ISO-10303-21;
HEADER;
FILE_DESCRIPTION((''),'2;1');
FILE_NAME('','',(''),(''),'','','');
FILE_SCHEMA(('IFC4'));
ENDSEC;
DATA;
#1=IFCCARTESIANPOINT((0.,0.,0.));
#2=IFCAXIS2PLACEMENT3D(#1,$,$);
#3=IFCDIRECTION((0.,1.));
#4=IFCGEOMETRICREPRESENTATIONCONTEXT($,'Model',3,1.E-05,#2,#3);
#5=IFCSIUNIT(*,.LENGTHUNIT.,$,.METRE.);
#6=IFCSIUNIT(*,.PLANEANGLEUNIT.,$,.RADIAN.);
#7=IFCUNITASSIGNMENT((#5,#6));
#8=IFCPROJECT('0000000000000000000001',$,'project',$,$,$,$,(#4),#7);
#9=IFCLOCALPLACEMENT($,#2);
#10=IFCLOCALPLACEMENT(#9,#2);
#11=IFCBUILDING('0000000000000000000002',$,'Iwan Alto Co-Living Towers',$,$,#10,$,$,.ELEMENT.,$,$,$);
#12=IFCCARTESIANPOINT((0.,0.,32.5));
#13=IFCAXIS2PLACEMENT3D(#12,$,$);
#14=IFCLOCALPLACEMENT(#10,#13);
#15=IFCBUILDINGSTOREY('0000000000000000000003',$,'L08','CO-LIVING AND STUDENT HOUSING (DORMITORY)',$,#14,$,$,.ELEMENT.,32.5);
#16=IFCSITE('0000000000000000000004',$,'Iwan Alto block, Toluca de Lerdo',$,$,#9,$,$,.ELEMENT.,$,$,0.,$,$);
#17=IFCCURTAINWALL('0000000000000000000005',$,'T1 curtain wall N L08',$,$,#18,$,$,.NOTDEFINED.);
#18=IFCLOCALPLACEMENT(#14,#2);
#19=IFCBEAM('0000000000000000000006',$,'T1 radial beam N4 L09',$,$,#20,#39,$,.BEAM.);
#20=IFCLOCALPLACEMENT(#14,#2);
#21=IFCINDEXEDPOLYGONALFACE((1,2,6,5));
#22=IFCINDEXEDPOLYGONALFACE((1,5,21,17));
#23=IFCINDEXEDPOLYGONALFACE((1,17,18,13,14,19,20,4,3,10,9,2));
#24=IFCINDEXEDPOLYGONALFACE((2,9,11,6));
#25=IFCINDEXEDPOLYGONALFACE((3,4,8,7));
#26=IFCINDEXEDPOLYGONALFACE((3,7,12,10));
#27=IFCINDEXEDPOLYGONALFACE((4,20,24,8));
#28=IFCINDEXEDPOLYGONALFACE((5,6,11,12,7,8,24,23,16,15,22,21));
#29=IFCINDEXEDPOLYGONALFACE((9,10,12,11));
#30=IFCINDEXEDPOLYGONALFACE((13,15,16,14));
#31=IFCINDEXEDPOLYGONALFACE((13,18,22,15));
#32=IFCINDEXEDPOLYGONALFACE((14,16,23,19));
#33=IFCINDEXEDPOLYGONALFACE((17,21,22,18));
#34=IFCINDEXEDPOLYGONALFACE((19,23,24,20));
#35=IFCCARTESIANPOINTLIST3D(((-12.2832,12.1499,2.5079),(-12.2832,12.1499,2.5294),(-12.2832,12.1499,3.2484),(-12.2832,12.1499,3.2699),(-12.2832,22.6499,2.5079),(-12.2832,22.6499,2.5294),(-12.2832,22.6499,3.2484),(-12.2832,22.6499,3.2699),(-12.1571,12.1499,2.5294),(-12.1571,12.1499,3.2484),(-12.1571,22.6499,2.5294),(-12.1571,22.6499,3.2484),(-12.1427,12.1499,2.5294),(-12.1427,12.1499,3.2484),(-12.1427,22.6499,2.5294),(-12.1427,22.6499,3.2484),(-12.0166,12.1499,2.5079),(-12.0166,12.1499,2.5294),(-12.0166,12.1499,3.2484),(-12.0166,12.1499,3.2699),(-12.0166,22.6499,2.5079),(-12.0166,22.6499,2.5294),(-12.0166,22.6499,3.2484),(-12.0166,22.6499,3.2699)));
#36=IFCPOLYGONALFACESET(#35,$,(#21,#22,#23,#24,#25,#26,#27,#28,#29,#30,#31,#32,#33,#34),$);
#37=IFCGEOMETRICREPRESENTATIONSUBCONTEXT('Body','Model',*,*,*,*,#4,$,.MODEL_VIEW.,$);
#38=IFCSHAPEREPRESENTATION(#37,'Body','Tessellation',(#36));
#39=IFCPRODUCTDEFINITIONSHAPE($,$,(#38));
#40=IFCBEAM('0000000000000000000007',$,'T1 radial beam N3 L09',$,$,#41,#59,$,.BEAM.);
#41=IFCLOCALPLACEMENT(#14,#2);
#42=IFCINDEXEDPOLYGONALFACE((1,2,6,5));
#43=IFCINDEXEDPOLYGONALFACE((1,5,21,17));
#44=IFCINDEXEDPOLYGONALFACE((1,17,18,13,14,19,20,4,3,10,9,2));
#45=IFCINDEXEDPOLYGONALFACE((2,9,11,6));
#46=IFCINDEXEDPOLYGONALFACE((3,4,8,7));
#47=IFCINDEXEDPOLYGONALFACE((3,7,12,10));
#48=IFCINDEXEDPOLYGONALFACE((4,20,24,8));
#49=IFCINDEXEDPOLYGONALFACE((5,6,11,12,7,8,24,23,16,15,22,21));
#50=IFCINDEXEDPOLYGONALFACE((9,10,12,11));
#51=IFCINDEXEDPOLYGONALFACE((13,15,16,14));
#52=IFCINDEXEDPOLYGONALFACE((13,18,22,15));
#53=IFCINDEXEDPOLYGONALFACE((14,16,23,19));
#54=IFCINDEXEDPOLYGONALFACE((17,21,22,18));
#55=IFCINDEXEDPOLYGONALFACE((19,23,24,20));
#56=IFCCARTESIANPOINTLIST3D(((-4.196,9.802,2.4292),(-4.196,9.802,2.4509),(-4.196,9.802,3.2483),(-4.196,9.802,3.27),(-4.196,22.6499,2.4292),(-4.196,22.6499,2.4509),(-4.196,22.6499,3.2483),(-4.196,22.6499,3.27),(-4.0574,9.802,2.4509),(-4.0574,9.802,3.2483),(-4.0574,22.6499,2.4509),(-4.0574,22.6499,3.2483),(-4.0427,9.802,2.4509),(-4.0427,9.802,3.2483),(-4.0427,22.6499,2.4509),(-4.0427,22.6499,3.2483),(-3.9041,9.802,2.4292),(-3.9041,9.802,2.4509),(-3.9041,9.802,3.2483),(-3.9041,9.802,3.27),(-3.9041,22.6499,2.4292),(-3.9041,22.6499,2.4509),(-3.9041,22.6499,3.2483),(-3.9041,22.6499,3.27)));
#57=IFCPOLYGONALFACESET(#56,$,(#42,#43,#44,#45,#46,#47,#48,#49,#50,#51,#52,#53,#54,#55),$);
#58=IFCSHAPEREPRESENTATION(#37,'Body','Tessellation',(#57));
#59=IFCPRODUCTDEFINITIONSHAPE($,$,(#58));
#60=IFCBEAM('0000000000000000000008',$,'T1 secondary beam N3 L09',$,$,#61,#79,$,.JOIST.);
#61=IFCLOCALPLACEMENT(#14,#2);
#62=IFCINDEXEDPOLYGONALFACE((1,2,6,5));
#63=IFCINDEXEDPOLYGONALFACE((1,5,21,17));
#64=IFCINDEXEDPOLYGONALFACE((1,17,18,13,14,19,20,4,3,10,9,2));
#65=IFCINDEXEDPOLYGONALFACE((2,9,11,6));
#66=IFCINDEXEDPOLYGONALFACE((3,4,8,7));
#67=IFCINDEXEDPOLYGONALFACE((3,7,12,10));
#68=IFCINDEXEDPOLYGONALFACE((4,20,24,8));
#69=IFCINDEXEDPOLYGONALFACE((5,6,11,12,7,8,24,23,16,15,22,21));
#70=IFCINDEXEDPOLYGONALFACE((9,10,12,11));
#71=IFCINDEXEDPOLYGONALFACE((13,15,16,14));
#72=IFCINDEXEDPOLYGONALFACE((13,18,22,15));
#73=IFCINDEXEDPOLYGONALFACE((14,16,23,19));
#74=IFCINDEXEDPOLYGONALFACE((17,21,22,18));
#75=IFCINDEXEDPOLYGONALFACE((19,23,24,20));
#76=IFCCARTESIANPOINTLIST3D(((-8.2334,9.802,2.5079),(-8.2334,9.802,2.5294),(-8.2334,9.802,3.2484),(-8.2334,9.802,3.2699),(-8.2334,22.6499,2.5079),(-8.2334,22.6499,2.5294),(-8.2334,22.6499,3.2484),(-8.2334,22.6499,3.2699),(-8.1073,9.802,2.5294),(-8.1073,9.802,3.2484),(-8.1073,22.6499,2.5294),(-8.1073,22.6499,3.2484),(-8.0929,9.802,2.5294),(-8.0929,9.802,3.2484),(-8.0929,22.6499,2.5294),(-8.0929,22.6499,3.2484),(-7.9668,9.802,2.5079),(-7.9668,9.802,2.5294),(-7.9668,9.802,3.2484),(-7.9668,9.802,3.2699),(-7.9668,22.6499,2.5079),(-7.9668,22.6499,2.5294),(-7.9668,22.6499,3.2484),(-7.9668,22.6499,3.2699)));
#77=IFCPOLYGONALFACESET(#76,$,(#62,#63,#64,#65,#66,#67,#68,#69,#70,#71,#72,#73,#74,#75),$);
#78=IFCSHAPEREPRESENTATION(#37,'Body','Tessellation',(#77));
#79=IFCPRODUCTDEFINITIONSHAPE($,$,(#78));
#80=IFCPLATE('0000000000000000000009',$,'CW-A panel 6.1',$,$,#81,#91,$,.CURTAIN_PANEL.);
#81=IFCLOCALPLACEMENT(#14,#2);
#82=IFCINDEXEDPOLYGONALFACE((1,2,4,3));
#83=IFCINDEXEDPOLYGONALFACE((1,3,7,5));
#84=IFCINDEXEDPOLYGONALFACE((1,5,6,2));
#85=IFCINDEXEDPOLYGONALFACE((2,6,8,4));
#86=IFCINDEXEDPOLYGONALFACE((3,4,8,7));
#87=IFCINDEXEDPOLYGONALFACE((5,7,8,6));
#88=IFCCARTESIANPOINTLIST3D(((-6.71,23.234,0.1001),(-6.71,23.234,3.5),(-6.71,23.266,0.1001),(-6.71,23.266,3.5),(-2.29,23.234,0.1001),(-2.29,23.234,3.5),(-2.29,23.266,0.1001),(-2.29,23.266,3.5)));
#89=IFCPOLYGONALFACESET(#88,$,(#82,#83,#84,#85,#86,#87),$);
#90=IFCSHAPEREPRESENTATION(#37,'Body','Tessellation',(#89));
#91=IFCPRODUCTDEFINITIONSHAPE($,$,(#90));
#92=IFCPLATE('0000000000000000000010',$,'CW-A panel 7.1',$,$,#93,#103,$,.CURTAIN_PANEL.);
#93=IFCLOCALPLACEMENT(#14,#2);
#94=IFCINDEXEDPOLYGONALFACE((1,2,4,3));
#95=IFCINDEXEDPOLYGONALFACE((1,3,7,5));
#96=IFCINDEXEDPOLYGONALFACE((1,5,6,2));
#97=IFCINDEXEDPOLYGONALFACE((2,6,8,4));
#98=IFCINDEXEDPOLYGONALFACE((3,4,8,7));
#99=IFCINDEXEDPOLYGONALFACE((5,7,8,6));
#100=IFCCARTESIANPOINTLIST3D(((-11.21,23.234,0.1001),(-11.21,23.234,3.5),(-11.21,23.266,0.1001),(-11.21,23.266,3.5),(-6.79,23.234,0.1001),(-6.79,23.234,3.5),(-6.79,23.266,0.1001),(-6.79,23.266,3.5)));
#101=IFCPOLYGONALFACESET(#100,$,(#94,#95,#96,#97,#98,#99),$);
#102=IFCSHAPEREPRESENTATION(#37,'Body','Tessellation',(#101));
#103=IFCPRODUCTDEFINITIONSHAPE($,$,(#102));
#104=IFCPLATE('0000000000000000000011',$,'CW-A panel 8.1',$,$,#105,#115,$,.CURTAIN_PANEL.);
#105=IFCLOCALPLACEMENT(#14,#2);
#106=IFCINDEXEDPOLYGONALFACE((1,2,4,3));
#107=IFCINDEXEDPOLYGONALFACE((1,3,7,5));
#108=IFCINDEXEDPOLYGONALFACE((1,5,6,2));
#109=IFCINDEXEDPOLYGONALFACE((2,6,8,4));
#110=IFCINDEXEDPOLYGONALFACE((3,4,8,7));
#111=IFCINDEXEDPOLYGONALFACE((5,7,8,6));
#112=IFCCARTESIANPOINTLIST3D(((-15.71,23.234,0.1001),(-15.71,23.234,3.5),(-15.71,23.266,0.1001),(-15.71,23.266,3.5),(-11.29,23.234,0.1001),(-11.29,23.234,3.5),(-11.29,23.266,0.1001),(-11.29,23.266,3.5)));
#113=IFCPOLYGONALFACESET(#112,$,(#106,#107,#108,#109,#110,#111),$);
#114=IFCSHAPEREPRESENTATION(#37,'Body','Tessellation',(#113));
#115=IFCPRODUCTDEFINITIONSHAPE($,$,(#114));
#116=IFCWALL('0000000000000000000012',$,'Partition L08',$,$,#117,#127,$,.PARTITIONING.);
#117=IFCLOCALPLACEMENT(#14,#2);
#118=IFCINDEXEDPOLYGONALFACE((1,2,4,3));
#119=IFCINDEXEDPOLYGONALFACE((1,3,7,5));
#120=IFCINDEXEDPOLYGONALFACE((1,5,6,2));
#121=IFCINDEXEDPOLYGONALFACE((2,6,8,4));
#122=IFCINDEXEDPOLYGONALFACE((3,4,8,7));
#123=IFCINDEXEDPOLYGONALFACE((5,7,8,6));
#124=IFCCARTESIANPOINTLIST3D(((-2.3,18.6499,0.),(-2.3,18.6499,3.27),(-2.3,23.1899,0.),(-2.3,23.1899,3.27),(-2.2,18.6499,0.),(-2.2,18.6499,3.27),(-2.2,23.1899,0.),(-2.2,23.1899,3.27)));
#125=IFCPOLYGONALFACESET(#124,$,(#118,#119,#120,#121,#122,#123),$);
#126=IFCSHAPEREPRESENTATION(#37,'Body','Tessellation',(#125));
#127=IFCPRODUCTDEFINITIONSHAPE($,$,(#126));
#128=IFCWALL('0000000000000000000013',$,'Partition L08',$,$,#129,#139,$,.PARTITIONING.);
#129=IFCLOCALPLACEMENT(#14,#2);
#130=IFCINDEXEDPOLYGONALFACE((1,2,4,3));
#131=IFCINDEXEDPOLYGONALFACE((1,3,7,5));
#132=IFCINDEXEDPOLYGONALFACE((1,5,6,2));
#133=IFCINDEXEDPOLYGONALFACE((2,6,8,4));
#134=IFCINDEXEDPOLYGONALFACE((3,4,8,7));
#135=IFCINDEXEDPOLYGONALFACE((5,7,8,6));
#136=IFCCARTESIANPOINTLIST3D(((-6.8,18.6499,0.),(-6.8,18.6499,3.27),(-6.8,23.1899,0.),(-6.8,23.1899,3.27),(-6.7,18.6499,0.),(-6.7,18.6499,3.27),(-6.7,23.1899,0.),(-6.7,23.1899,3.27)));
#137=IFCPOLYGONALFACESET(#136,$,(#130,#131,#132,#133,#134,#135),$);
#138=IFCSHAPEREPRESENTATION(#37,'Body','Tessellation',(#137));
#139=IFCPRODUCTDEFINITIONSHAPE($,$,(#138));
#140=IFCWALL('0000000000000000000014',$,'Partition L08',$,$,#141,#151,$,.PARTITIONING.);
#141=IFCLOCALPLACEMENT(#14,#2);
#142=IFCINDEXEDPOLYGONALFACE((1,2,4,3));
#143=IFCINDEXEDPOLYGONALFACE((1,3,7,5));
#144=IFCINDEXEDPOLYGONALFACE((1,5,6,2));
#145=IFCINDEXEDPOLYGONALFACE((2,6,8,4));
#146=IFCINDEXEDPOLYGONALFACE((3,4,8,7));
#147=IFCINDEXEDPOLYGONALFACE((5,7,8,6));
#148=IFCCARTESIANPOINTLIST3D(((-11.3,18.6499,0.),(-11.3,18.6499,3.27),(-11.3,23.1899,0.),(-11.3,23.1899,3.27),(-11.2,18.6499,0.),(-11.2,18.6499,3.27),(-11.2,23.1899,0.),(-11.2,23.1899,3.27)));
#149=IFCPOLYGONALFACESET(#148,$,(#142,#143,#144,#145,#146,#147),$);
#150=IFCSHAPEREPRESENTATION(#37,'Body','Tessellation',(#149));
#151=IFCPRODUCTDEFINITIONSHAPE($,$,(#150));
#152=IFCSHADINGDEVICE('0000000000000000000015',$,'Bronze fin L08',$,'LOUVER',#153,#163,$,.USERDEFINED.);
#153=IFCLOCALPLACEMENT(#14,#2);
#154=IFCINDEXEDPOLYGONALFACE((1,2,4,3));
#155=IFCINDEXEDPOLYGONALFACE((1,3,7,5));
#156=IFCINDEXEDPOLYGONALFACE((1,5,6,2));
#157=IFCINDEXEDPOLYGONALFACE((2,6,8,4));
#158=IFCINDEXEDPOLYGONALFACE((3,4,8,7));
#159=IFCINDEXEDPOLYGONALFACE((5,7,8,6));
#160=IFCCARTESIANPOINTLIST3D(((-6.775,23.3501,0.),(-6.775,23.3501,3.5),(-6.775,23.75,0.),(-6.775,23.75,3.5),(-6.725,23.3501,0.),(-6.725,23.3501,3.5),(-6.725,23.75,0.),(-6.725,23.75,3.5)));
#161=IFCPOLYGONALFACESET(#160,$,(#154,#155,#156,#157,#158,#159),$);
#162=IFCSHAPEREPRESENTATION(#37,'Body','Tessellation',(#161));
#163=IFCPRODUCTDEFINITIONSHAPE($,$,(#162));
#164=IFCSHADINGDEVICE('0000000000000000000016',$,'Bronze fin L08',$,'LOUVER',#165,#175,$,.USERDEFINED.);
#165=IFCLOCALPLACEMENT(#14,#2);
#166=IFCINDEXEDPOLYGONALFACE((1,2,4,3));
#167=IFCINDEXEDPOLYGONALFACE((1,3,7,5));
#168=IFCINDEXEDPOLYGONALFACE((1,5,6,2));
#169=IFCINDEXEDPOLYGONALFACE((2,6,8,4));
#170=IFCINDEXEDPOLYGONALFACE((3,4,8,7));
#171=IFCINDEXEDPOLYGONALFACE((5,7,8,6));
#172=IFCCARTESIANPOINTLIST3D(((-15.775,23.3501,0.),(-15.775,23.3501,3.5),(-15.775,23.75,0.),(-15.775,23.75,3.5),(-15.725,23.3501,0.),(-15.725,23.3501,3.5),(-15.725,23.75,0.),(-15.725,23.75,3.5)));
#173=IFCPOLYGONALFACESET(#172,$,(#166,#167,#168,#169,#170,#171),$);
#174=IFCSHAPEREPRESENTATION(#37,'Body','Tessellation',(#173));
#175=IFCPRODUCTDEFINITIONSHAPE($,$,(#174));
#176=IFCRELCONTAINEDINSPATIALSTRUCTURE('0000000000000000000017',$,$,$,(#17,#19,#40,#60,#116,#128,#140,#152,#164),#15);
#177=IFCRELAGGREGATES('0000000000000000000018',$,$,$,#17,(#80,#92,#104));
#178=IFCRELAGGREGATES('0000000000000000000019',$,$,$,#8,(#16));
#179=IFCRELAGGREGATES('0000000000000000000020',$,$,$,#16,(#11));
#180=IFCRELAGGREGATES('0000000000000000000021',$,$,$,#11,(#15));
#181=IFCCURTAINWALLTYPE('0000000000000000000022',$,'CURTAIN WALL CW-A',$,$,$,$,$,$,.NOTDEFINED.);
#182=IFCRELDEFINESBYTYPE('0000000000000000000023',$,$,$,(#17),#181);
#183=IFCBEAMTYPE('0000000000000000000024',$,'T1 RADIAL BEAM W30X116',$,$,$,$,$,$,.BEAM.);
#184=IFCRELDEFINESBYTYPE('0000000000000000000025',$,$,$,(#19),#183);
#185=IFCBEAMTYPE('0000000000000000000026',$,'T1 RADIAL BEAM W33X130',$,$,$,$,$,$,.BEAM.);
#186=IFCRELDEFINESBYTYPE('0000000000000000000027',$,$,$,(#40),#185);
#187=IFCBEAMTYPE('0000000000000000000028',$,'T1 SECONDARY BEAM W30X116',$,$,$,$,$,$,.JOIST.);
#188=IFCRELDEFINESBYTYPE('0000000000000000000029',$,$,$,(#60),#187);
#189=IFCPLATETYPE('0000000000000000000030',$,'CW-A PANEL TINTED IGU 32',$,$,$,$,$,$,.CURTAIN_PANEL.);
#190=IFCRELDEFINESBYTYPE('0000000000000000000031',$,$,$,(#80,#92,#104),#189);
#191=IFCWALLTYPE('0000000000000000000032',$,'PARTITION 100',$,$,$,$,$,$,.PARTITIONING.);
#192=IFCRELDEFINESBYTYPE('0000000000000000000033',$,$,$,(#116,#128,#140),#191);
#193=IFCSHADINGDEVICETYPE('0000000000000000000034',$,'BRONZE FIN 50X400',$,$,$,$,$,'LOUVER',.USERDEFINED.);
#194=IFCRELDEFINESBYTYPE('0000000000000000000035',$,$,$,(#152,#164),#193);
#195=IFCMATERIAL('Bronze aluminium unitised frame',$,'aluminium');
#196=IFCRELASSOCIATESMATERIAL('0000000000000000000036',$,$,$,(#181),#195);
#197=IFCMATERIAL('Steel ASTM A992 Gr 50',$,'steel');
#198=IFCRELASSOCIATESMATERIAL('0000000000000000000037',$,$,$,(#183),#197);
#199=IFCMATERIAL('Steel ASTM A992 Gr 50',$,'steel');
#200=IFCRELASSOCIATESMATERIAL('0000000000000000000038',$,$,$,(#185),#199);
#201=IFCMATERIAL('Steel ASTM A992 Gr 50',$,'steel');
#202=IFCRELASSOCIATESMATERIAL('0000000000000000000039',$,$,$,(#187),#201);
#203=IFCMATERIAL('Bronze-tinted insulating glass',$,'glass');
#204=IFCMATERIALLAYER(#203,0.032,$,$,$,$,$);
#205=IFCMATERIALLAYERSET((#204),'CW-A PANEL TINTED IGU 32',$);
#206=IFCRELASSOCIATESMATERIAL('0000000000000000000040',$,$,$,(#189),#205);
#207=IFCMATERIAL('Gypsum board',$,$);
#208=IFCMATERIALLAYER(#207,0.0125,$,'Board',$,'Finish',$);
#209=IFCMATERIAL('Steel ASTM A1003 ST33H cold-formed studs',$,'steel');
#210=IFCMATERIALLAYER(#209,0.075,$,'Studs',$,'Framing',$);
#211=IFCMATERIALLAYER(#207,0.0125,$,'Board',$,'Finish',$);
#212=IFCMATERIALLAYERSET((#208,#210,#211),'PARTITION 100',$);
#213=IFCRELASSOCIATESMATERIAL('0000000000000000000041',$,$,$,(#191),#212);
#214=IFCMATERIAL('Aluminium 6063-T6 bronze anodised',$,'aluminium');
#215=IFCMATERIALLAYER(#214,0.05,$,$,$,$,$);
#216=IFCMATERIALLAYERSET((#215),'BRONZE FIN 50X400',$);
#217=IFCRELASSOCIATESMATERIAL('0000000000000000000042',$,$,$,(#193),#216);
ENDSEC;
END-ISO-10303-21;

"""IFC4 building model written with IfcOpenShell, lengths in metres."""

from ifc_helpers import new_model, si_unit, direction, frame, frame_2d, origin, origin_2d, place, context, subcontext, project, spatial, rectangle, i_section, extrude, material, layer, layer_set, material_profile, profile_set, type_object, element, aggregate, save


model = new_model("IFC4")

# Units and contexts
model_context = context("Model", 3, precision=1e-05, world=origin(), true_north=direction((0.0, 1.0)))
body_context = subcontext(model_context, "Body", "Model", "MODEL_VIEW")
ifc_project = project(units=[si_unit("LENGTHUNIT", "METRE"), si_unit("PLANEANGLEUNIT", "RADIAN")], contexts=[model_context])

# Site, building, storey
site_placement = place(None, origin())
site = spatial("IfcSite", under=ifc_project, at=site_placement, Name="Iwan Alto block, Toluca de Lerdo", CompositionType="ELEMENT", RefElevation=0.0)
building_placement = place(site_placement, origin())
building = spatial("IfcBuilding", under=site, at=building_placement, Name="Iwan Alto Co-Living Towers", CompositionType="ELEMENT")
storey_placement = place(building_placement, frame((0.0, 0.0, 32.5)))
storey = spatial("IfcBuildingStorey", under=building, at=storey_placement, Name="L08", Description="CO-LIVING AND STUDENT HOUSING (DORMITORY)", CompositionType="ELEMENT", Elevation=32.5)

# Curtain wall
ifc_material_1 = material(Name="Bronze aluminium unitised frame", Category="aluminium")
curtain_wall_type = type_object("IfcCurtainWallType", Name="CURTAIN WALL CW-A", PredefinedType="NOTDEFINED", material=ifc_material_1)
curtain_wall_placement = place(storey_placement, origin())
curtain_wall = element("IfcCurtainWall", 1, at=curtain_wall_placement, inside=storey, type_object=curtain_wall_type, Name="T1 curtain wall N L08", PredefinedType="NOTDEFINED")

# Beams
ifc_material_2 = material(Name="Steel ASTM A992 Gr 50", Category="steel")
ifc_material_profile_1 = material_profile(ifc_material_2, i_section(OverallWidth=0.2666, OverallDepth=0.762, WebThickness=0.0144, FlangeThickness=0.0215, at=origin_2d()), Name="W30X116")
ifc_profile_set_1 = profile_set([ifc_material_profile_1], Name="Steel ASTM A992 Gr 50")
beam_type_1 = type_object("IfcBeamType", Name="T1 RADIAL BEAM W30X116", PredefinedType="BEAM", material=ifc_profile_set_1)
beam_1_placement = place(storey_placement, frame((-12.1499, 22.6499, 2.8889), z_axis=(0.0, -1.0, 0.0), x_axis=(1.0, 0.0, 0.0)))
element("IfcBeam", 2, at=beam_1_placement, inside=storey, type_object=beam_type_1, Name="T1 radial beam N4 L09", PredefinedType="BEAM", context=body_context, shape_type="SweptSolid", body=[
    extrude(i_section(OverallWidth=0.2666, OverallDepth=0.762, WebThickness=0.0144, FlangeThickness=0.0215, at=origin_2d()), origin(), (0.0, 0.0, 1.0), 10.5),
])
ifc_material_3 = material(Name="Steel ASTM A992 Gr 50", Category="steel")
ifc_material_profile_2 = material_profile(ifc_material_3, i_section(OverallWidth=0.292, OverallDepth=0.8408, WebThickness=0.0146, FlangeThickness=0.0217, at=origin_2d()), Name="W33X130")
ifc_profile_set_2 = profile_set([ifc_material_profile_2], Name="Steel ASTM A992 Gr 50")
beam_type_2 = type_object("IfcBeamType", Name="T1 RADIAL BEAM W33X130", PredefinedType="BEAM", material=ifc_profile_set_2)
beam_2_placement = place(storey_placement, frame((-4.05, 22.6499, 2.8496), z_axis=(0.0, -1.0, 0.0), x_axis=(1.0, 0.0, 0.0)))
element("IfcBeam", 3, at=beam_2_placement, inside=storey, type_object=beam_type_2, Name="T1 radial beam N3 L09", PredefinedType="BEAM", context=body_context, shape_type="SweptSolid", body=[
    extrude(i_section(OverallWidth=0.292, OverallDepth=0.8408, WebThickness=0.0146, FlangeThickness=0.0217, at=origin_2d()), origin(), (0.0, 0.0, 1.0), 12.8479),
])
ifc_material_4 = material(Name="Steel ASTM A992 Gr 50", Category="steel")
ifc_material_profile_3 = material_profile(ifc_material_4, i_section(OverallWidth=0.2666, OverallDepth=0.762, WebThickness=0.0144, FlangeThickness=0.0215, at=origin_2d()), Name="W30X116")
ifc_profile_set_3 = profile_set([ifc_material_profile_3], Name="Steel ASTM A992 Gr 50")
beam_type_3 = type_object("IfcBeamType", Name="T1 SECONDARY BEAM W30X116", PredefinedType="JOIST", material=ifc_profile_set_3)
beam_3_placement = place(storey_placement, frame((-8.1001, 22.6499, 2.8889), z_axis=(0.0, -1.0, 0.0), x_axis=(1.0, 0.0, 0.0)))
element("IfcBeam", 4, at=beam_3_placement, inside=storey, type_object=beam_type_3, Name="T1 secondary beam N3 L09", PredefinedType="JOIST", context=body_context, shape_type="SweptSolid", body=[
    extrude(i_section(OverallWidth=0.2666, OverallDepth=0.762, WebThickness=0.0144, FlangeThickness=0.0215, at=origin_2d()), origin(), (0.0, 0.0, 1.0), 12.8479),
])

# Plates
ifc_material_5 = material(Name="Bronze-tinted insulating glass", Category="glass")
ifc_layer_1 = layer(ifc_material_5, 0.032)
ifc_layer_set_1 = layer_set([ifc_layer_1], Name="CW-A PANEL TINTED IGU 32")
plate_type = type_object("IfcPlateType", Name="CW-A PANEL TINTED IGU 32", PredefinedType="CURTAIN_PANEL", material=ifc_layer_set_1)
plate_1_placement = place(storey_placement, frame((-4.5, 23.25, 0.1001), z_axis=(0.0, 0.0, 1.0), x_axis=(-1.0, 0.0, 0.0)))
plate_1 = element("IfcPlate", 5, at=plate_1_placement, type_object=plate_type, Name="CW-A panel 6.1", PredefinedType="CURTAIN_PANEL", context=body_context, shape_type="SweptSolid", body=[
    extrude(rectangle(XDim=4.4199, YDim=0.032, at=origin_2d()), origin(), (0.0, 0.0, 1.0), 3.3999),
])
plate_2_placement = place(storey_placement, frame((-9.0, 23.25, 0.1001), z_axis=(0.0, 0.0, 1.0), x_axis=(-1.0, 0.0, 0.0)))
plate_2 = element("IfcPlate", 6, at=plate_2_placement, type_object=plate_type, Name="CW-A panel 7.1", PredefinedType="CURTAIN_PANEL", context=body_context, shape_type="SweptSolid", body=[
    extrude(rectangle(XDim=4.4199, YDim=0.032, at=origin_2d()), origin(), (0.0, 0.0, 1.0), 3.3999),
])
plate_3_placement = place(storey_placement, frame((-13.5, 23.25, 0.1001), z_axis=(0.0, 0.0, 1.0), x_axis=(-1.0, 0.0, 0.0)))
plate_3 = element("IfcPlate", 7, at=plate_3_placement, type_object=plate_type, Name="CW-A panel 8.1", PredefinedType="CURTAIN_PANEL", context=body_context, shape_type="SweptSolid", body=[
    extrude(rectangle(XDim=4.4199, YDim=0.032, at=origin_2d()), origin(), (0.0, 0.0, 1.0), 3.3999),
])
aggregate(curtain_wall, [plate_1, plate_2, plate_3])

# Walls
ifc_material_6 = material(Name="Gypsum board")
ifc_layer_2 = layer(ifc_material_6, 0.0125, Name="Board", Category="Finish")
ifc_material_7 = material(Name="Steel ASTM A1003 ST33H cold-formed studs", Category="steel")
ifc_layer_3 = layer(ifc_material_7, 0.075, Name="Studs", Category="Framing")
ifc_layer_4 = layer(ifc_material_6, 0.0125, Name="Board", Category="Finish")
ifc_layer_set_2 = layer_set([ifc_layer_2, ifc_layer_3, ifc_layer_4], Name="PARTITION 100")
wall_type = type_object("IfcWallType", Name="PARTITION 100", PredefinedType="PARTITIONING", material=ifc_layer_set_2)
for number, where, z_axis, x_axis, name in (
    (8, (-2.25, 18.6499, 0.0), (0.0, 0.0, 1.0), (0.0, 1.0, 0.0), "Partition L08"),
    (9, (-6.75, 18.6499, 0.0), (0.0, 0.0, 1.0), (0.0, 1.0, 0.0), "Partition L08"),
    (10, (-11.25, 18.6499, 0.0), (0.0, 0.0, 1.0), (0.0, 1.0, 0.0), "Partition L08"),
):
    element("IfcWall", number, at=place(storey_placement, frame(where, z_axis=z_axis, x_axis=x_axis)), inside=storey, type_object=wall_type, Name=name, PredefinedType="PARTITIONING", context=body_context, shape_type="SweptSolid", body=[
        extrude(rectangle(XDim=4.54, YDim=0.1001, at=frame_2d((2.27, 0.0))), origin(), (0.0, 0.0, 1.0), 3.27),
    ])

# Shading devices
ifc_material_8 = material(Name="Aluminium 6063-T6 bronze anodised", Category="aluminium")
ifc_layer_5 = layer(ifc_material_8, 0.05)
ifc_layer_set_3 = layer_set([ifc_layer_5], Name="BRONZE FIN 50X400")
shading_device_type = type_object("IfcShadingDeviceType", Name="BRONZE FIN 50X400", ElementType="LOUVER", PredefinedType="USERDEFINED", material=ifc_layer_set_3)
for number, where, z_axis, x_axis, name in (
    (11, (-6.75, 23.55, 0.0), (0.0, 0.0, 1.0), (-1.0, 0.0, 0.0), "Bronze fin L08"),
    (12, (-15.75, 23.55, 0.0), (0.0, 0.0, 1.0), (-1.0, 0.0, 0.0), "Bronze fin L08"),
):
    element("IfcShadingDevice", number, at=place(storey_placement, frame(where, z_axis=z_axis, x_axis=x_axis)), inside=storey, type_object=shading_device_type, Name=name, ObjectType="LOUVER", PredefinedType="USERDEFINED", context=body_context, shape_type="SweptSolid", body=[
        extrude(rectangle(XDim=0.05, YDim=0.3999, at=origin_2d()), origin(), (0.0, 0.0, 1.0), 3.5),
    ])

save(model, "model.ifc")
